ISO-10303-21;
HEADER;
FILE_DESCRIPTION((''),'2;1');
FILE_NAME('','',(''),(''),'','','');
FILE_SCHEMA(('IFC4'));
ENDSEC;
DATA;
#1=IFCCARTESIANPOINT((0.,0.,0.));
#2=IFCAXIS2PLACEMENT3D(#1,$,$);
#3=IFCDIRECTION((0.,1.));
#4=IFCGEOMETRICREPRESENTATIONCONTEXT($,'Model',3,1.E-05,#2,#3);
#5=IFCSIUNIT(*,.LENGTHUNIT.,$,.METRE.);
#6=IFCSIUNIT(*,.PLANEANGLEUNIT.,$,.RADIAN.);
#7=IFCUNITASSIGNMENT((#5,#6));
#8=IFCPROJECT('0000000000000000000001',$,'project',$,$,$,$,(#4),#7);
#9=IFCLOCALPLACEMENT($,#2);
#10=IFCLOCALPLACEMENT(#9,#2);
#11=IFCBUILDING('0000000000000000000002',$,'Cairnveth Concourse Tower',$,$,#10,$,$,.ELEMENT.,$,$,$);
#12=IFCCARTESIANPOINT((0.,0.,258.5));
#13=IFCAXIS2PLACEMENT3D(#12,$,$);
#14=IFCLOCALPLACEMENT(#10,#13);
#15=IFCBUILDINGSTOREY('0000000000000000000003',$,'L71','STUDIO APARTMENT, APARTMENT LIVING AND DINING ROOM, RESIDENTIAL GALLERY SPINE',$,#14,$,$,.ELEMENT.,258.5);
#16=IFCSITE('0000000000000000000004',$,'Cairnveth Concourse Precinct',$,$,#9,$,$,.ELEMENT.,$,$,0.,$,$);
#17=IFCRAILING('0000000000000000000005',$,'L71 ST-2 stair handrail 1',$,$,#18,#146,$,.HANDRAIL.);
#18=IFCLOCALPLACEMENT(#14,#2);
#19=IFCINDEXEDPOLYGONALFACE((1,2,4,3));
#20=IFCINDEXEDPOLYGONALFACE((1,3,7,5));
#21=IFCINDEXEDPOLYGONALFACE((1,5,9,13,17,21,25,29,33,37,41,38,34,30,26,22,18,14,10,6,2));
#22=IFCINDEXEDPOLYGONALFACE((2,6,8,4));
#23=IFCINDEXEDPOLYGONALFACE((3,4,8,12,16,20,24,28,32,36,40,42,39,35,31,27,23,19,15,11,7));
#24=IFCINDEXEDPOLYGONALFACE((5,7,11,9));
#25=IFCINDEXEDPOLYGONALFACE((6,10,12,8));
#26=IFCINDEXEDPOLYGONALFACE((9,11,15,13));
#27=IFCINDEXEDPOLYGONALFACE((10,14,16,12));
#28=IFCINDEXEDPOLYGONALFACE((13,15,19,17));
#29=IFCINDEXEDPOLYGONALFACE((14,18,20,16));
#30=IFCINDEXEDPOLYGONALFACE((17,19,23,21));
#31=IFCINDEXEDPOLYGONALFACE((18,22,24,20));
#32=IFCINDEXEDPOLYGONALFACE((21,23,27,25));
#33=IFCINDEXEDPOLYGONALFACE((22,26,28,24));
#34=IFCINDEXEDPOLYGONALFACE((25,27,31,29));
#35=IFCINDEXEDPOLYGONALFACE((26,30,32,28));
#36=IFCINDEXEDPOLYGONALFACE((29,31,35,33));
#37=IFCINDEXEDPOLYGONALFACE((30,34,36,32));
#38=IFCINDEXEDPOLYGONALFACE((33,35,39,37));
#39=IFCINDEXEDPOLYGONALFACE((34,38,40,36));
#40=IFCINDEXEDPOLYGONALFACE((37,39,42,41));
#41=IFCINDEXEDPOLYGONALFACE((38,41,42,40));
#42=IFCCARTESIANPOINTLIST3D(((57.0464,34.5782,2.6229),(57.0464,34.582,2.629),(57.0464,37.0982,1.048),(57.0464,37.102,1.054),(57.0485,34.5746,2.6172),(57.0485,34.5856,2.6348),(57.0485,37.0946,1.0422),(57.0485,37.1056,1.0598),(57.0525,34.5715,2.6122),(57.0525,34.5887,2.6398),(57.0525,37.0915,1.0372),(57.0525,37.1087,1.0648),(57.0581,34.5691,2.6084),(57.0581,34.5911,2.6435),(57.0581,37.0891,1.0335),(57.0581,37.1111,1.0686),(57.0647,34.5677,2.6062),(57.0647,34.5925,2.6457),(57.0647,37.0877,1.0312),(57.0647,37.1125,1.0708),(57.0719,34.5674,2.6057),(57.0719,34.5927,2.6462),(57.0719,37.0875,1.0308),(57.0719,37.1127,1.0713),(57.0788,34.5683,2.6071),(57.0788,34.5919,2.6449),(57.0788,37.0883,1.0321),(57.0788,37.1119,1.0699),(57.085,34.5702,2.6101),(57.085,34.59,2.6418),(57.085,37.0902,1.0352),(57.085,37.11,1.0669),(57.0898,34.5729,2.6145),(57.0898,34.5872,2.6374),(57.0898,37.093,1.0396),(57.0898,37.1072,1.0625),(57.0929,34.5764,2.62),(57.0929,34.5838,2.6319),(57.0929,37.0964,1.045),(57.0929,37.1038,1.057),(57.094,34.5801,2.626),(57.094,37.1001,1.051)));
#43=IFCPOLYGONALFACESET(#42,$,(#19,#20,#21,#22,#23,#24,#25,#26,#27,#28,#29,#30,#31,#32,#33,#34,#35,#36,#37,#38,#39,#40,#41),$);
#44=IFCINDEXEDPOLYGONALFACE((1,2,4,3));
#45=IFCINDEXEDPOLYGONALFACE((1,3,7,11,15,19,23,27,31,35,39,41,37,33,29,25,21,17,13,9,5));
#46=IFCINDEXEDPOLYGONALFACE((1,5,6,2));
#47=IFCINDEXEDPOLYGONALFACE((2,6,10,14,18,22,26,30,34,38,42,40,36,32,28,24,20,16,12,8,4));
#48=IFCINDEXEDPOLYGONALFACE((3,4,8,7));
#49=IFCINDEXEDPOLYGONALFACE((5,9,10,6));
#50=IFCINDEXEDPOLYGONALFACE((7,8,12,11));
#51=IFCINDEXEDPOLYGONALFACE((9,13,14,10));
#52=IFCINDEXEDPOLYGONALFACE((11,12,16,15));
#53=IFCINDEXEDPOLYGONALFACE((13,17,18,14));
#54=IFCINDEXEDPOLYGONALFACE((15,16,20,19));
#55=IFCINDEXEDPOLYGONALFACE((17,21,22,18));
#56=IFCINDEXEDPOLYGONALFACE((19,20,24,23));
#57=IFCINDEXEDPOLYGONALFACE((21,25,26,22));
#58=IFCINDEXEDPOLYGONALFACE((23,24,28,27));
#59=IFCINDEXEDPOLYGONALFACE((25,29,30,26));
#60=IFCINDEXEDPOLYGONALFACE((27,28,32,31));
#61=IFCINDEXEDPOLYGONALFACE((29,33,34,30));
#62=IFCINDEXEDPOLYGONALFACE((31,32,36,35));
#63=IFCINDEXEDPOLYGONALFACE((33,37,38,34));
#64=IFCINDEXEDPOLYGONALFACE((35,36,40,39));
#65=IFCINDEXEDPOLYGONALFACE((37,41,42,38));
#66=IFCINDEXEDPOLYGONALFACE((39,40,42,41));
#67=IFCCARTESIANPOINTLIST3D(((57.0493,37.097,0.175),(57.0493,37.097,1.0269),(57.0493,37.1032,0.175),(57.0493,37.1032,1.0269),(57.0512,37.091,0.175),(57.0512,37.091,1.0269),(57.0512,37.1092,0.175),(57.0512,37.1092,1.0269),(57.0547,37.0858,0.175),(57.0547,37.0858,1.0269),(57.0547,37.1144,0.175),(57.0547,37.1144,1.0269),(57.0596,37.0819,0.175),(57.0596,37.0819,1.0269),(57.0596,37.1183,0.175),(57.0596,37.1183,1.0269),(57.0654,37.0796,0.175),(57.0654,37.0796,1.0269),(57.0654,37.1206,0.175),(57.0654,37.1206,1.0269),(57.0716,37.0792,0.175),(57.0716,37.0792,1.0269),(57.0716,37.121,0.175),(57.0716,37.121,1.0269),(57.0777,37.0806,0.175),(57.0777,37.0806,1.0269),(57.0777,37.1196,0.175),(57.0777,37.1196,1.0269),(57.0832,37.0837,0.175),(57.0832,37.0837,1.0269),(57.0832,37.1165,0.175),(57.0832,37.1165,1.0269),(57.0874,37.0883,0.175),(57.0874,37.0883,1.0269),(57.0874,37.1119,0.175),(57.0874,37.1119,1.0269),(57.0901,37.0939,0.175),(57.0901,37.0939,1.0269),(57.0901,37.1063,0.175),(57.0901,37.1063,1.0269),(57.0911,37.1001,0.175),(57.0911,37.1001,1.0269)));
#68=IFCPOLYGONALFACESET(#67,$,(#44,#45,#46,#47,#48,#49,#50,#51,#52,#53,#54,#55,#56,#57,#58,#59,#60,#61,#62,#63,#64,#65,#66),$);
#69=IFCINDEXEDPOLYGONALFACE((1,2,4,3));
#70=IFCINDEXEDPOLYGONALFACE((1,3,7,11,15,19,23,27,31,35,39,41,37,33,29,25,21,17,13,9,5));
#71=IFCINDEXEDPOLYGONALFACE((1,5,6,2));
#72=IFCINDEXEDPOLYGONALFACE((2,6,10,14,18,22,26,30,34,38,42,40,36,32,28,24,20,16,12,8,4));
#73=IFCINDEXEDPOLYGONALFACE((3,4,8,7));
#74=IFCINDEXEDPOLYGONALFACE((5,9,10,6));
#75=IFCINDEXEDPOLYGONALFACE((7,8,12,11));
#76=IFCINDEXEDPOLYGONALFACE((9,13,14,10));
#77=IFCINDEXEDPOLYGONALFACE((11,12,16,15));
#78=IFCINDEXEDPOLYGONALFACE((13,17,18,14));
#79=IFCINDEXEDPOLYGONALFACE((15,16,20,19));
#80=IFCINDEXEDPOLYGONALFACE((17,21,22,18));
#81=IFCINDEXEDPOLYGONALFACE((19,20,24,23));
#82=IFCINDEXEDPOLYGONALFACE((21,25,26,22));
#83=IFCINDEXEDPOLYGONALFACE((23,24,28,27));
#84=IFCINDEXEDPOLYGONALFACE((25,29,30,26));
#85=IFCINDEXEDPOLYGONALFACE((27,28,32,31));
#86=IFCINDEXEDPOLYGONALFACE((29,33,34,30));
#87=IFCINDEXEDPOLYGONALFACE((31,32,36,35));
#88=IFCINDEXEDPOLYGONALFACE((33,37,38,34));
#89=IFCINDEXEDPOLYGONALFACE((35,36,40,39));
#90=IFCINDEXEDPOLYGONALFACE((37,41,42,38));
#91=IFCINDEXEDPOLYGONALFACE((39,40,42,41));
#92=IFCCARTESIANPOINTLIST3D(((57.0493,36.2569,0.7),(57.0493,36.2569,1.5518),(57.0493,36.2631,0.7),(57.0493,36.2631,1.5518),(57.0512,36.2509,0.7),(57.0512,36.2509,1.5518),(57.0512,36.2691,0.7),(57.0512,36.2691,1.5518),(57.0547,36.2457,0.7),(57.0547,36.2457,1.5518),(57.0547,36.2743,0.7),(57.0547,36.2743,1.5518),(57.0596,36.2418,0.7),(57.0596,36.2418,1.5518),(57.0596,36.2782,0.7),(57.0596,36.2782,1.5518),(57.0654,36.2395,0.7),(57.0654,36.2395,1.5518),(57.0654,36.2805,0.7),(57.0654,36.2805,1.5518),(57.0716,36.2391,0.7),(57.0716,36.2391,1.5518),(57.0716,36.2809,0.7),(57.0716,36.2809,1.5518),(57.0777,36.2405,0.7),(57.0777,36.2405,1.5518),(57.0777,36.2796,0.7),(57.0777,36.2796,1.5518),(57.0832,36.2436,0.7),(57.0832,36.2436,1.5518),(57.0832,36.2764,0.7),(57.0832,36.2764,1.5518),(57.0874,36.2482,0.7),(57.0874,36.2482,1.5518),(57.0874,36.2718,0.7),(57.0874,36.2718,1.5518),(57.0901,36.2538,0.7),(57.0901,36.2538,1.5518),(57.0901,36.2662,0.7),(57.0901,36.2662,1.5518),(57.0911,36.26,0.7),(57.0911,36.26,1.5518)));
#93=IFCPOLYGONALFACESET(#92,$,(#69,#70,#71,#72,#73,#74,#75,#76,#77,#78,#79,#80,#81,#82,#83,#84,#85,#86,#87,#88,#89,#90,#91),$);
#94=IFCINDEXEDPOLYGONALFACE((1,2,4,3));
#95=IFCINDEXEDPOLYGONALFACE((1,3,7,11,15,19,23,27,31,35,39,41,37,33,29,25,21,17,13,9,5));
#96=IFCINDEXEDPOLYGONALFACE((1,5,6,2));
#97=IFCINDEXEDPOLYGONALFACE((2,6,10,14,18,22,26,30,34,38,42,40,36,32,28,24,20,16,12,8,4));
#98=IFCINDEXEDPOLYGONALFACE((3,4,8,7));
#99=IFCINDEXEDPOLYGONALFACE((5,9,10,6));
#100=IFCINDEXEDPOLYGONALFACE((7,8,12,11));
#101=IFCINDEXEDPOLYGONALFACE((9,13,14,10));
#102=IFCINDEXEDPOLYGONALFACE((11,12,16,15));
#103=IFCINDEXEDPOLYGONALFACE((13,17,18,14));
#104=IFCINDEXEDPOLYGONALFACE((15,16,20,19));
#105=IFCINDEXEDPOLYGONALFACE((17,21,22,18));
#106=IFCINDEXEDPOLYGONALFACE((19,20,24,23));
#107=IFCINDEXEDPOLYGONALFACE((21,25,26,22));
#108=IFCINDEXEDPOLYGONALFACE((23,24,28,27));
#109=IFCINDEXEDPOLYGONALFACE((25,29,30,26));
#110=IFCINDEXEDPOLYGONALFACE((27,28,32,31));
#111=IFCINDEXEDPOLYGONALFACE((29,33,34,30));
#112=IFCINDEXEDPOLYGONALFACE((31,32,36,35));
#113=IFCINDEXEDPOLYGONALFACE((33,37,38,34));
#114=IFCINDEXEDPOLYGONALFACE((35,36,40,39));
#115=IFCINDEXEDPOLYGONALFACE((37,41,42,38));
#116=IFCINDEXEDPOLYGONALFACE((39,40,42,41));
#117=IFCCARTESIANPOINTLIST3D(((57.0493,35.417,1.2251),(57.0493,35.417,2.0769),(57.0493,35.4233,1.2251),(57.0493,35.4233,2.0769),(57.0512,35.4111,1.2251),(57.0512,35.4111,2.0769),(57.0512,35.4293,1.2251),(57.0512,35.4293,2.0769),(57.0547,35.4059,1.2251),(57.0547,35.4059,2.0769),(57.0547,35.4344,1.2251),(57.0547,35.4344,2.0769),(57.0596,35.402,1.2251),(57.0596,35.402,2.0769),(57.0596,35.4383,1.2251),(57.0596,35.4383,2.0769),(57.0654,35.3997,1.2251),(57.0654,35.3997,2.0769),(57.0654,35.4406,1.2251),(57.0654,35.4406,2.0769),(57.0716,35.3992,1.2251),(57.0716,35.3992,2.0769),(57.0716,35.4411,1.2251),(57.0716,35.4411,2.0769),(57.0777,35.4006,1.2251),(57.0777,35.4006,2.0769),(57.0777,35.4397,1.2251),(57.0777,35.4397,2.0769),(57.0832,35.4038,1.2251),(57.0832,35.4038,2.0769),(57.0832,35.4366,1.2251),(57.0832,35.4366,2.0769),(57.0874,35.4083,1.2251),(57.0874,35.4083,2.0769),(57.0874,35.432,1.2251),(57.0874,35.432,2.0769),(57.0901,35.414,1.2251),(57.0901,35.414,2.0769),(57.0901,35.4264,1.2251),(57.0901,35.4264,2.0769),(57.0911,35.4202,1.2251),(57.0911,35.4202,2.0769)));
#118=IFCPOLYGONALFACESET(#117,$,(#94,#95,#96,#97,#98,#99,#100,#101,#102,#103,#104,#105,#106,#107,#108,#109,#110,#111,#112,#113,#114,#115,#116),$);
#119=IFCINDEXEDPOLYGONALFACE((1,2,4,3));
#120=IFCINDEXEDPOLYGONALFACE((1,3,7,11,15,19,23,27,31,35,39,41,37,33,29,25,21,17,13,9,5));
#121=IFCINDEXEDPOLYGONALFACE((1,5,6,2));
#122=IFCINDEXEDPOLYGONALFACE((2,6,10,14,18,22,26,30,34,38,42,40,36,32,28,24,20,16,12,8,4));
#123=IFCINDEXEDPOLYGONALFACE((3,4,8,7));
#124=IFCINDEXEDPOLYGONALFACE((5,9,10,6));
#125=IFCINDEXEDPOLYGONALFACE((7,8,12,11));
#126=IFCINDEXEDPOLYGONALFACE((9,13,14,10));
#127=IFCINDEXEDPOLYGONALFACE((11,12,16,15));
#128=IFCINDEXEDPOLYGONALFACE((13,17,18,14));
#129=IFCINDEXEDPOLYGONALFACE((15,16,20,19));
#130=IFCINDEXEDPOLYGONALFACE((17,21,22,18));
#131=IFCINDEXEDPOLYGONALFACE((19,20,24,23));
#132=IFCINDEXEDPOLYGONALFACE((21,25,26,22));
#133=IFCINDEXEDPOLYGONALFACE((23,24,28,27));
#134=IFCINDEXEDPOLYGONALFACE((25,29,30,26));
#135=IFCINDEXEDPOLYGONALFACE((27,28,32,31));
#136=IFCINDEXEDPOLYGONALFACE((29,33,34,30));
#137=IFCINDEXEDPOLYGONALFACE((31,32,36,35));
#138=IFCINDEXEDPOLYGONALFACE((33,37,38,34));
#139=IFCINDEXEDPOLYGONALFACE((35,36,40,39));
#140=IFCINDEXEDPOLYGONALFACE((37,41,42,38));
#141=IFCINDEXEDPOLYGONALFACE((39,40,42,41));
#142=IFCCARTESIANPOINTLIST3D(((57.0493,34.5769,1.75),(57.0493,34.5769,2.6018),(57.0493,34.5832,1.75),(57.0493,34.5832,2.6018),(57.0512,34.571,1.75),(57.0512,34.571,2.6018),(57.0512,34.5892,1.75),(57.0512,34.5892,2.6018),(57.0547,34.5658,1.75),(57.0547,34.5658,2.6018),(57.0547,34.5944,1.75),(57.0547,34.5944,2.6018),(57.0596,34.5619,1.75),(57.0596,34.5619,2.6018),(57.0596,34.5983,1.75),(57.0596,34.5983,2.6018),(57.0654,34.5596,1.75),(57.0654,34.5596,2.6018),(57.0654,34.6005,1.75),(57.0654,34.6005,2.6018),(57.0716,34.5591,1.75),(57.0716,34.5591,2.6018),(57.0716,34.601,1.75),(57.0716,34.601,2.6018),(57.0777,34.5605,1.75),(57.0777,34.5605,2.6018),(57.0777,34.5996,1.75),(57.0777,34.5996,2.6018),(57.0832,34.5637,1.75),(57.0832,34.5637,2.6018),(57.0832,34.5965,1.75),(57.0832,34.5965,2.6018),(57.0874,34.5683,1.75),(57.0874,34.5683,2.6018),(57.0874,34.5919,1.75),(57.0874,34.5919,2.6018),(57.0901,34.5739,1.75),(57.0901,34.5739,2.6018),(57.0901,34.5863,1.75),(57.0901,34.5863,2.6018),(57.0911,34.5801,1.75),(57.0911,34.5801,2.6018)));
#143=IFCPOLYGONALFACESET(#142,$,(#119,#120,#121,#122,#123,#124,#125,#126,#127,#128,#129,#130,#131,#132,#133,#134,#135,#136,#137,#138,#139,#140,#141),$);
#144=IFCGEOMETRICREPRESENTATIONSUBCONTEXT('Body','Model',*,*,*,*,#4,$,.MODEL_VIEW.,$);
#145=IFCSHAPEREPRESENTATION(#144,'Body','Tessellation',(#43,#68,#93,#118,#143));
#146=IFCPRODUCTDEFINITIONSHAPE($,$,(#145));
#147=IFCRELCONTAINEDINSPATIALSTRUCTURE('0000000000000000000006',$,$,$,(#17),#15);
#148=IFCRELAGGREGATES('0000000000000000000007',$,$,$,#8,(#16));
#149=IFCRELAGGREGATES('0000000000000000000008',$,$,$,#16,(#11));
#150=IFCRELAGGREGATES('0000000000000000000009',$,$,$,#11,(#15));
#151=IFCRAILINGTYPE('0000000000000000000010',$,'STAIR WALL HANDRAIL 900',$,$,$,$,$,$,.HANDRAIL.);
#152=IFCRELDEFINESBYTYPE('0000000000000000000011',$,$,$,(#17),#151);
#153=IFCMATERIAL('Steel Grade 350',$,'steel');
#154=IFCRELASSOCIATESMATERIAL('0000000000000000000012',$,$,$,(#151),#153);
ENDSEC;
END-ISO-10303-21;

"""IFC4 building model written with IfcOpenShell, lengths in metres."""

from ifc_helpers import new_model, si_unit, direction, frame, origin, origin_2d, place, context, subcontext, project, spatial, circle, extrude, material, type_object, element, save


model = new_model("IFC4")

# Units and contexts
model_context = context("Model", 3, precision=1e-05, world=origin(), true_north=direction((0.0, 1.0)))
body_context = subcontext(model_context, "Body", "Model", "MODEL_VIEW")
ifc_project = project(units=[si_unit("LENGTHUNIT", "METRE"), si_unit("PLANEANGLEUNIT", "RADIAN")], contexts=[model_context])

# Site, building, storey
site_placement = place(None, origin())
site = spatial("IfcSite", under=ifc_project, at=site_placement, Name="Cairnveth Concourse Precinct", CompositionType="ELEMENT", RefElevation=0.0)
building_placement = place(site_placement, origin())
building = spatial("IfcBuilding", under=site, at=building_placement, Name="Cairnveth Concourse Tower", CompositionType="ELEMENT")
storey_placement = place(building_placement, frame((0.0, 0.0, 258.5)))
storey = spatial("IfcBuildingStorey", under=building, at=storey_placement, Name="L71", Description="STUDIO APARTMENT, APARTMENT LIVING AND DINING ROOM, RESIDENTIAL GALLERY SPINE", CompositionType="ELEMENT", Elevation=258.5)

# Shared definitions
ifc_material_1 = material(Name="Steel Grade 350", Category="steel")

# Railing
railing_type_1 = type_object("IfcRailingType", Name="STAIR WALL HANDRAIL 900", PredefinedType="HANDRAIL", material=ifc_material_1)
railing_1_placement = place(storey_placement, frame((57.0701, 37.1001, 0.175)))
element("IfcRailing", 1, at=railing_1_placement, inside=storey, type_object=railing_type_1, Name="L71 ST-2 stair handrail 1", PredefinedType="HANDRAIL", context=body_context, shape_type="SweptSolid", body=[
    extrude(circle(Radius=0.0239, at=origin_2d()), frame((0.0, 0.0, 0.876), z_axis=(0.0, -0.848008, 0.529984), x_axis=(1.0, 0.0, 0.0)), (0.0, 0.0, 1.0), 2.9717),
    extrude(circle(Radius=0.021, at=origin_2d()), origin(), (0.0, 0.0, 1.0), 0.8518),
    extrude(circle(Radius=0.021, at=origin_2d()), frame((0.0, -0.8401, 0.5249)), (0.0, 0.0, 1.0), 0.8518),
    extrude(circle(Radius=0.021, at=origin_2d()), frame((0.0, -1.6799, 1.05)), (0.0, 0.0, 1.0), 0.8518),
    extrude(circle(Radius=0.021, at=origin_2d()), frame((0.0, -2.52, 1.575)), (0.0, 0.0, 1.0), 0.8518),
])

save(model, "model.ifc")
